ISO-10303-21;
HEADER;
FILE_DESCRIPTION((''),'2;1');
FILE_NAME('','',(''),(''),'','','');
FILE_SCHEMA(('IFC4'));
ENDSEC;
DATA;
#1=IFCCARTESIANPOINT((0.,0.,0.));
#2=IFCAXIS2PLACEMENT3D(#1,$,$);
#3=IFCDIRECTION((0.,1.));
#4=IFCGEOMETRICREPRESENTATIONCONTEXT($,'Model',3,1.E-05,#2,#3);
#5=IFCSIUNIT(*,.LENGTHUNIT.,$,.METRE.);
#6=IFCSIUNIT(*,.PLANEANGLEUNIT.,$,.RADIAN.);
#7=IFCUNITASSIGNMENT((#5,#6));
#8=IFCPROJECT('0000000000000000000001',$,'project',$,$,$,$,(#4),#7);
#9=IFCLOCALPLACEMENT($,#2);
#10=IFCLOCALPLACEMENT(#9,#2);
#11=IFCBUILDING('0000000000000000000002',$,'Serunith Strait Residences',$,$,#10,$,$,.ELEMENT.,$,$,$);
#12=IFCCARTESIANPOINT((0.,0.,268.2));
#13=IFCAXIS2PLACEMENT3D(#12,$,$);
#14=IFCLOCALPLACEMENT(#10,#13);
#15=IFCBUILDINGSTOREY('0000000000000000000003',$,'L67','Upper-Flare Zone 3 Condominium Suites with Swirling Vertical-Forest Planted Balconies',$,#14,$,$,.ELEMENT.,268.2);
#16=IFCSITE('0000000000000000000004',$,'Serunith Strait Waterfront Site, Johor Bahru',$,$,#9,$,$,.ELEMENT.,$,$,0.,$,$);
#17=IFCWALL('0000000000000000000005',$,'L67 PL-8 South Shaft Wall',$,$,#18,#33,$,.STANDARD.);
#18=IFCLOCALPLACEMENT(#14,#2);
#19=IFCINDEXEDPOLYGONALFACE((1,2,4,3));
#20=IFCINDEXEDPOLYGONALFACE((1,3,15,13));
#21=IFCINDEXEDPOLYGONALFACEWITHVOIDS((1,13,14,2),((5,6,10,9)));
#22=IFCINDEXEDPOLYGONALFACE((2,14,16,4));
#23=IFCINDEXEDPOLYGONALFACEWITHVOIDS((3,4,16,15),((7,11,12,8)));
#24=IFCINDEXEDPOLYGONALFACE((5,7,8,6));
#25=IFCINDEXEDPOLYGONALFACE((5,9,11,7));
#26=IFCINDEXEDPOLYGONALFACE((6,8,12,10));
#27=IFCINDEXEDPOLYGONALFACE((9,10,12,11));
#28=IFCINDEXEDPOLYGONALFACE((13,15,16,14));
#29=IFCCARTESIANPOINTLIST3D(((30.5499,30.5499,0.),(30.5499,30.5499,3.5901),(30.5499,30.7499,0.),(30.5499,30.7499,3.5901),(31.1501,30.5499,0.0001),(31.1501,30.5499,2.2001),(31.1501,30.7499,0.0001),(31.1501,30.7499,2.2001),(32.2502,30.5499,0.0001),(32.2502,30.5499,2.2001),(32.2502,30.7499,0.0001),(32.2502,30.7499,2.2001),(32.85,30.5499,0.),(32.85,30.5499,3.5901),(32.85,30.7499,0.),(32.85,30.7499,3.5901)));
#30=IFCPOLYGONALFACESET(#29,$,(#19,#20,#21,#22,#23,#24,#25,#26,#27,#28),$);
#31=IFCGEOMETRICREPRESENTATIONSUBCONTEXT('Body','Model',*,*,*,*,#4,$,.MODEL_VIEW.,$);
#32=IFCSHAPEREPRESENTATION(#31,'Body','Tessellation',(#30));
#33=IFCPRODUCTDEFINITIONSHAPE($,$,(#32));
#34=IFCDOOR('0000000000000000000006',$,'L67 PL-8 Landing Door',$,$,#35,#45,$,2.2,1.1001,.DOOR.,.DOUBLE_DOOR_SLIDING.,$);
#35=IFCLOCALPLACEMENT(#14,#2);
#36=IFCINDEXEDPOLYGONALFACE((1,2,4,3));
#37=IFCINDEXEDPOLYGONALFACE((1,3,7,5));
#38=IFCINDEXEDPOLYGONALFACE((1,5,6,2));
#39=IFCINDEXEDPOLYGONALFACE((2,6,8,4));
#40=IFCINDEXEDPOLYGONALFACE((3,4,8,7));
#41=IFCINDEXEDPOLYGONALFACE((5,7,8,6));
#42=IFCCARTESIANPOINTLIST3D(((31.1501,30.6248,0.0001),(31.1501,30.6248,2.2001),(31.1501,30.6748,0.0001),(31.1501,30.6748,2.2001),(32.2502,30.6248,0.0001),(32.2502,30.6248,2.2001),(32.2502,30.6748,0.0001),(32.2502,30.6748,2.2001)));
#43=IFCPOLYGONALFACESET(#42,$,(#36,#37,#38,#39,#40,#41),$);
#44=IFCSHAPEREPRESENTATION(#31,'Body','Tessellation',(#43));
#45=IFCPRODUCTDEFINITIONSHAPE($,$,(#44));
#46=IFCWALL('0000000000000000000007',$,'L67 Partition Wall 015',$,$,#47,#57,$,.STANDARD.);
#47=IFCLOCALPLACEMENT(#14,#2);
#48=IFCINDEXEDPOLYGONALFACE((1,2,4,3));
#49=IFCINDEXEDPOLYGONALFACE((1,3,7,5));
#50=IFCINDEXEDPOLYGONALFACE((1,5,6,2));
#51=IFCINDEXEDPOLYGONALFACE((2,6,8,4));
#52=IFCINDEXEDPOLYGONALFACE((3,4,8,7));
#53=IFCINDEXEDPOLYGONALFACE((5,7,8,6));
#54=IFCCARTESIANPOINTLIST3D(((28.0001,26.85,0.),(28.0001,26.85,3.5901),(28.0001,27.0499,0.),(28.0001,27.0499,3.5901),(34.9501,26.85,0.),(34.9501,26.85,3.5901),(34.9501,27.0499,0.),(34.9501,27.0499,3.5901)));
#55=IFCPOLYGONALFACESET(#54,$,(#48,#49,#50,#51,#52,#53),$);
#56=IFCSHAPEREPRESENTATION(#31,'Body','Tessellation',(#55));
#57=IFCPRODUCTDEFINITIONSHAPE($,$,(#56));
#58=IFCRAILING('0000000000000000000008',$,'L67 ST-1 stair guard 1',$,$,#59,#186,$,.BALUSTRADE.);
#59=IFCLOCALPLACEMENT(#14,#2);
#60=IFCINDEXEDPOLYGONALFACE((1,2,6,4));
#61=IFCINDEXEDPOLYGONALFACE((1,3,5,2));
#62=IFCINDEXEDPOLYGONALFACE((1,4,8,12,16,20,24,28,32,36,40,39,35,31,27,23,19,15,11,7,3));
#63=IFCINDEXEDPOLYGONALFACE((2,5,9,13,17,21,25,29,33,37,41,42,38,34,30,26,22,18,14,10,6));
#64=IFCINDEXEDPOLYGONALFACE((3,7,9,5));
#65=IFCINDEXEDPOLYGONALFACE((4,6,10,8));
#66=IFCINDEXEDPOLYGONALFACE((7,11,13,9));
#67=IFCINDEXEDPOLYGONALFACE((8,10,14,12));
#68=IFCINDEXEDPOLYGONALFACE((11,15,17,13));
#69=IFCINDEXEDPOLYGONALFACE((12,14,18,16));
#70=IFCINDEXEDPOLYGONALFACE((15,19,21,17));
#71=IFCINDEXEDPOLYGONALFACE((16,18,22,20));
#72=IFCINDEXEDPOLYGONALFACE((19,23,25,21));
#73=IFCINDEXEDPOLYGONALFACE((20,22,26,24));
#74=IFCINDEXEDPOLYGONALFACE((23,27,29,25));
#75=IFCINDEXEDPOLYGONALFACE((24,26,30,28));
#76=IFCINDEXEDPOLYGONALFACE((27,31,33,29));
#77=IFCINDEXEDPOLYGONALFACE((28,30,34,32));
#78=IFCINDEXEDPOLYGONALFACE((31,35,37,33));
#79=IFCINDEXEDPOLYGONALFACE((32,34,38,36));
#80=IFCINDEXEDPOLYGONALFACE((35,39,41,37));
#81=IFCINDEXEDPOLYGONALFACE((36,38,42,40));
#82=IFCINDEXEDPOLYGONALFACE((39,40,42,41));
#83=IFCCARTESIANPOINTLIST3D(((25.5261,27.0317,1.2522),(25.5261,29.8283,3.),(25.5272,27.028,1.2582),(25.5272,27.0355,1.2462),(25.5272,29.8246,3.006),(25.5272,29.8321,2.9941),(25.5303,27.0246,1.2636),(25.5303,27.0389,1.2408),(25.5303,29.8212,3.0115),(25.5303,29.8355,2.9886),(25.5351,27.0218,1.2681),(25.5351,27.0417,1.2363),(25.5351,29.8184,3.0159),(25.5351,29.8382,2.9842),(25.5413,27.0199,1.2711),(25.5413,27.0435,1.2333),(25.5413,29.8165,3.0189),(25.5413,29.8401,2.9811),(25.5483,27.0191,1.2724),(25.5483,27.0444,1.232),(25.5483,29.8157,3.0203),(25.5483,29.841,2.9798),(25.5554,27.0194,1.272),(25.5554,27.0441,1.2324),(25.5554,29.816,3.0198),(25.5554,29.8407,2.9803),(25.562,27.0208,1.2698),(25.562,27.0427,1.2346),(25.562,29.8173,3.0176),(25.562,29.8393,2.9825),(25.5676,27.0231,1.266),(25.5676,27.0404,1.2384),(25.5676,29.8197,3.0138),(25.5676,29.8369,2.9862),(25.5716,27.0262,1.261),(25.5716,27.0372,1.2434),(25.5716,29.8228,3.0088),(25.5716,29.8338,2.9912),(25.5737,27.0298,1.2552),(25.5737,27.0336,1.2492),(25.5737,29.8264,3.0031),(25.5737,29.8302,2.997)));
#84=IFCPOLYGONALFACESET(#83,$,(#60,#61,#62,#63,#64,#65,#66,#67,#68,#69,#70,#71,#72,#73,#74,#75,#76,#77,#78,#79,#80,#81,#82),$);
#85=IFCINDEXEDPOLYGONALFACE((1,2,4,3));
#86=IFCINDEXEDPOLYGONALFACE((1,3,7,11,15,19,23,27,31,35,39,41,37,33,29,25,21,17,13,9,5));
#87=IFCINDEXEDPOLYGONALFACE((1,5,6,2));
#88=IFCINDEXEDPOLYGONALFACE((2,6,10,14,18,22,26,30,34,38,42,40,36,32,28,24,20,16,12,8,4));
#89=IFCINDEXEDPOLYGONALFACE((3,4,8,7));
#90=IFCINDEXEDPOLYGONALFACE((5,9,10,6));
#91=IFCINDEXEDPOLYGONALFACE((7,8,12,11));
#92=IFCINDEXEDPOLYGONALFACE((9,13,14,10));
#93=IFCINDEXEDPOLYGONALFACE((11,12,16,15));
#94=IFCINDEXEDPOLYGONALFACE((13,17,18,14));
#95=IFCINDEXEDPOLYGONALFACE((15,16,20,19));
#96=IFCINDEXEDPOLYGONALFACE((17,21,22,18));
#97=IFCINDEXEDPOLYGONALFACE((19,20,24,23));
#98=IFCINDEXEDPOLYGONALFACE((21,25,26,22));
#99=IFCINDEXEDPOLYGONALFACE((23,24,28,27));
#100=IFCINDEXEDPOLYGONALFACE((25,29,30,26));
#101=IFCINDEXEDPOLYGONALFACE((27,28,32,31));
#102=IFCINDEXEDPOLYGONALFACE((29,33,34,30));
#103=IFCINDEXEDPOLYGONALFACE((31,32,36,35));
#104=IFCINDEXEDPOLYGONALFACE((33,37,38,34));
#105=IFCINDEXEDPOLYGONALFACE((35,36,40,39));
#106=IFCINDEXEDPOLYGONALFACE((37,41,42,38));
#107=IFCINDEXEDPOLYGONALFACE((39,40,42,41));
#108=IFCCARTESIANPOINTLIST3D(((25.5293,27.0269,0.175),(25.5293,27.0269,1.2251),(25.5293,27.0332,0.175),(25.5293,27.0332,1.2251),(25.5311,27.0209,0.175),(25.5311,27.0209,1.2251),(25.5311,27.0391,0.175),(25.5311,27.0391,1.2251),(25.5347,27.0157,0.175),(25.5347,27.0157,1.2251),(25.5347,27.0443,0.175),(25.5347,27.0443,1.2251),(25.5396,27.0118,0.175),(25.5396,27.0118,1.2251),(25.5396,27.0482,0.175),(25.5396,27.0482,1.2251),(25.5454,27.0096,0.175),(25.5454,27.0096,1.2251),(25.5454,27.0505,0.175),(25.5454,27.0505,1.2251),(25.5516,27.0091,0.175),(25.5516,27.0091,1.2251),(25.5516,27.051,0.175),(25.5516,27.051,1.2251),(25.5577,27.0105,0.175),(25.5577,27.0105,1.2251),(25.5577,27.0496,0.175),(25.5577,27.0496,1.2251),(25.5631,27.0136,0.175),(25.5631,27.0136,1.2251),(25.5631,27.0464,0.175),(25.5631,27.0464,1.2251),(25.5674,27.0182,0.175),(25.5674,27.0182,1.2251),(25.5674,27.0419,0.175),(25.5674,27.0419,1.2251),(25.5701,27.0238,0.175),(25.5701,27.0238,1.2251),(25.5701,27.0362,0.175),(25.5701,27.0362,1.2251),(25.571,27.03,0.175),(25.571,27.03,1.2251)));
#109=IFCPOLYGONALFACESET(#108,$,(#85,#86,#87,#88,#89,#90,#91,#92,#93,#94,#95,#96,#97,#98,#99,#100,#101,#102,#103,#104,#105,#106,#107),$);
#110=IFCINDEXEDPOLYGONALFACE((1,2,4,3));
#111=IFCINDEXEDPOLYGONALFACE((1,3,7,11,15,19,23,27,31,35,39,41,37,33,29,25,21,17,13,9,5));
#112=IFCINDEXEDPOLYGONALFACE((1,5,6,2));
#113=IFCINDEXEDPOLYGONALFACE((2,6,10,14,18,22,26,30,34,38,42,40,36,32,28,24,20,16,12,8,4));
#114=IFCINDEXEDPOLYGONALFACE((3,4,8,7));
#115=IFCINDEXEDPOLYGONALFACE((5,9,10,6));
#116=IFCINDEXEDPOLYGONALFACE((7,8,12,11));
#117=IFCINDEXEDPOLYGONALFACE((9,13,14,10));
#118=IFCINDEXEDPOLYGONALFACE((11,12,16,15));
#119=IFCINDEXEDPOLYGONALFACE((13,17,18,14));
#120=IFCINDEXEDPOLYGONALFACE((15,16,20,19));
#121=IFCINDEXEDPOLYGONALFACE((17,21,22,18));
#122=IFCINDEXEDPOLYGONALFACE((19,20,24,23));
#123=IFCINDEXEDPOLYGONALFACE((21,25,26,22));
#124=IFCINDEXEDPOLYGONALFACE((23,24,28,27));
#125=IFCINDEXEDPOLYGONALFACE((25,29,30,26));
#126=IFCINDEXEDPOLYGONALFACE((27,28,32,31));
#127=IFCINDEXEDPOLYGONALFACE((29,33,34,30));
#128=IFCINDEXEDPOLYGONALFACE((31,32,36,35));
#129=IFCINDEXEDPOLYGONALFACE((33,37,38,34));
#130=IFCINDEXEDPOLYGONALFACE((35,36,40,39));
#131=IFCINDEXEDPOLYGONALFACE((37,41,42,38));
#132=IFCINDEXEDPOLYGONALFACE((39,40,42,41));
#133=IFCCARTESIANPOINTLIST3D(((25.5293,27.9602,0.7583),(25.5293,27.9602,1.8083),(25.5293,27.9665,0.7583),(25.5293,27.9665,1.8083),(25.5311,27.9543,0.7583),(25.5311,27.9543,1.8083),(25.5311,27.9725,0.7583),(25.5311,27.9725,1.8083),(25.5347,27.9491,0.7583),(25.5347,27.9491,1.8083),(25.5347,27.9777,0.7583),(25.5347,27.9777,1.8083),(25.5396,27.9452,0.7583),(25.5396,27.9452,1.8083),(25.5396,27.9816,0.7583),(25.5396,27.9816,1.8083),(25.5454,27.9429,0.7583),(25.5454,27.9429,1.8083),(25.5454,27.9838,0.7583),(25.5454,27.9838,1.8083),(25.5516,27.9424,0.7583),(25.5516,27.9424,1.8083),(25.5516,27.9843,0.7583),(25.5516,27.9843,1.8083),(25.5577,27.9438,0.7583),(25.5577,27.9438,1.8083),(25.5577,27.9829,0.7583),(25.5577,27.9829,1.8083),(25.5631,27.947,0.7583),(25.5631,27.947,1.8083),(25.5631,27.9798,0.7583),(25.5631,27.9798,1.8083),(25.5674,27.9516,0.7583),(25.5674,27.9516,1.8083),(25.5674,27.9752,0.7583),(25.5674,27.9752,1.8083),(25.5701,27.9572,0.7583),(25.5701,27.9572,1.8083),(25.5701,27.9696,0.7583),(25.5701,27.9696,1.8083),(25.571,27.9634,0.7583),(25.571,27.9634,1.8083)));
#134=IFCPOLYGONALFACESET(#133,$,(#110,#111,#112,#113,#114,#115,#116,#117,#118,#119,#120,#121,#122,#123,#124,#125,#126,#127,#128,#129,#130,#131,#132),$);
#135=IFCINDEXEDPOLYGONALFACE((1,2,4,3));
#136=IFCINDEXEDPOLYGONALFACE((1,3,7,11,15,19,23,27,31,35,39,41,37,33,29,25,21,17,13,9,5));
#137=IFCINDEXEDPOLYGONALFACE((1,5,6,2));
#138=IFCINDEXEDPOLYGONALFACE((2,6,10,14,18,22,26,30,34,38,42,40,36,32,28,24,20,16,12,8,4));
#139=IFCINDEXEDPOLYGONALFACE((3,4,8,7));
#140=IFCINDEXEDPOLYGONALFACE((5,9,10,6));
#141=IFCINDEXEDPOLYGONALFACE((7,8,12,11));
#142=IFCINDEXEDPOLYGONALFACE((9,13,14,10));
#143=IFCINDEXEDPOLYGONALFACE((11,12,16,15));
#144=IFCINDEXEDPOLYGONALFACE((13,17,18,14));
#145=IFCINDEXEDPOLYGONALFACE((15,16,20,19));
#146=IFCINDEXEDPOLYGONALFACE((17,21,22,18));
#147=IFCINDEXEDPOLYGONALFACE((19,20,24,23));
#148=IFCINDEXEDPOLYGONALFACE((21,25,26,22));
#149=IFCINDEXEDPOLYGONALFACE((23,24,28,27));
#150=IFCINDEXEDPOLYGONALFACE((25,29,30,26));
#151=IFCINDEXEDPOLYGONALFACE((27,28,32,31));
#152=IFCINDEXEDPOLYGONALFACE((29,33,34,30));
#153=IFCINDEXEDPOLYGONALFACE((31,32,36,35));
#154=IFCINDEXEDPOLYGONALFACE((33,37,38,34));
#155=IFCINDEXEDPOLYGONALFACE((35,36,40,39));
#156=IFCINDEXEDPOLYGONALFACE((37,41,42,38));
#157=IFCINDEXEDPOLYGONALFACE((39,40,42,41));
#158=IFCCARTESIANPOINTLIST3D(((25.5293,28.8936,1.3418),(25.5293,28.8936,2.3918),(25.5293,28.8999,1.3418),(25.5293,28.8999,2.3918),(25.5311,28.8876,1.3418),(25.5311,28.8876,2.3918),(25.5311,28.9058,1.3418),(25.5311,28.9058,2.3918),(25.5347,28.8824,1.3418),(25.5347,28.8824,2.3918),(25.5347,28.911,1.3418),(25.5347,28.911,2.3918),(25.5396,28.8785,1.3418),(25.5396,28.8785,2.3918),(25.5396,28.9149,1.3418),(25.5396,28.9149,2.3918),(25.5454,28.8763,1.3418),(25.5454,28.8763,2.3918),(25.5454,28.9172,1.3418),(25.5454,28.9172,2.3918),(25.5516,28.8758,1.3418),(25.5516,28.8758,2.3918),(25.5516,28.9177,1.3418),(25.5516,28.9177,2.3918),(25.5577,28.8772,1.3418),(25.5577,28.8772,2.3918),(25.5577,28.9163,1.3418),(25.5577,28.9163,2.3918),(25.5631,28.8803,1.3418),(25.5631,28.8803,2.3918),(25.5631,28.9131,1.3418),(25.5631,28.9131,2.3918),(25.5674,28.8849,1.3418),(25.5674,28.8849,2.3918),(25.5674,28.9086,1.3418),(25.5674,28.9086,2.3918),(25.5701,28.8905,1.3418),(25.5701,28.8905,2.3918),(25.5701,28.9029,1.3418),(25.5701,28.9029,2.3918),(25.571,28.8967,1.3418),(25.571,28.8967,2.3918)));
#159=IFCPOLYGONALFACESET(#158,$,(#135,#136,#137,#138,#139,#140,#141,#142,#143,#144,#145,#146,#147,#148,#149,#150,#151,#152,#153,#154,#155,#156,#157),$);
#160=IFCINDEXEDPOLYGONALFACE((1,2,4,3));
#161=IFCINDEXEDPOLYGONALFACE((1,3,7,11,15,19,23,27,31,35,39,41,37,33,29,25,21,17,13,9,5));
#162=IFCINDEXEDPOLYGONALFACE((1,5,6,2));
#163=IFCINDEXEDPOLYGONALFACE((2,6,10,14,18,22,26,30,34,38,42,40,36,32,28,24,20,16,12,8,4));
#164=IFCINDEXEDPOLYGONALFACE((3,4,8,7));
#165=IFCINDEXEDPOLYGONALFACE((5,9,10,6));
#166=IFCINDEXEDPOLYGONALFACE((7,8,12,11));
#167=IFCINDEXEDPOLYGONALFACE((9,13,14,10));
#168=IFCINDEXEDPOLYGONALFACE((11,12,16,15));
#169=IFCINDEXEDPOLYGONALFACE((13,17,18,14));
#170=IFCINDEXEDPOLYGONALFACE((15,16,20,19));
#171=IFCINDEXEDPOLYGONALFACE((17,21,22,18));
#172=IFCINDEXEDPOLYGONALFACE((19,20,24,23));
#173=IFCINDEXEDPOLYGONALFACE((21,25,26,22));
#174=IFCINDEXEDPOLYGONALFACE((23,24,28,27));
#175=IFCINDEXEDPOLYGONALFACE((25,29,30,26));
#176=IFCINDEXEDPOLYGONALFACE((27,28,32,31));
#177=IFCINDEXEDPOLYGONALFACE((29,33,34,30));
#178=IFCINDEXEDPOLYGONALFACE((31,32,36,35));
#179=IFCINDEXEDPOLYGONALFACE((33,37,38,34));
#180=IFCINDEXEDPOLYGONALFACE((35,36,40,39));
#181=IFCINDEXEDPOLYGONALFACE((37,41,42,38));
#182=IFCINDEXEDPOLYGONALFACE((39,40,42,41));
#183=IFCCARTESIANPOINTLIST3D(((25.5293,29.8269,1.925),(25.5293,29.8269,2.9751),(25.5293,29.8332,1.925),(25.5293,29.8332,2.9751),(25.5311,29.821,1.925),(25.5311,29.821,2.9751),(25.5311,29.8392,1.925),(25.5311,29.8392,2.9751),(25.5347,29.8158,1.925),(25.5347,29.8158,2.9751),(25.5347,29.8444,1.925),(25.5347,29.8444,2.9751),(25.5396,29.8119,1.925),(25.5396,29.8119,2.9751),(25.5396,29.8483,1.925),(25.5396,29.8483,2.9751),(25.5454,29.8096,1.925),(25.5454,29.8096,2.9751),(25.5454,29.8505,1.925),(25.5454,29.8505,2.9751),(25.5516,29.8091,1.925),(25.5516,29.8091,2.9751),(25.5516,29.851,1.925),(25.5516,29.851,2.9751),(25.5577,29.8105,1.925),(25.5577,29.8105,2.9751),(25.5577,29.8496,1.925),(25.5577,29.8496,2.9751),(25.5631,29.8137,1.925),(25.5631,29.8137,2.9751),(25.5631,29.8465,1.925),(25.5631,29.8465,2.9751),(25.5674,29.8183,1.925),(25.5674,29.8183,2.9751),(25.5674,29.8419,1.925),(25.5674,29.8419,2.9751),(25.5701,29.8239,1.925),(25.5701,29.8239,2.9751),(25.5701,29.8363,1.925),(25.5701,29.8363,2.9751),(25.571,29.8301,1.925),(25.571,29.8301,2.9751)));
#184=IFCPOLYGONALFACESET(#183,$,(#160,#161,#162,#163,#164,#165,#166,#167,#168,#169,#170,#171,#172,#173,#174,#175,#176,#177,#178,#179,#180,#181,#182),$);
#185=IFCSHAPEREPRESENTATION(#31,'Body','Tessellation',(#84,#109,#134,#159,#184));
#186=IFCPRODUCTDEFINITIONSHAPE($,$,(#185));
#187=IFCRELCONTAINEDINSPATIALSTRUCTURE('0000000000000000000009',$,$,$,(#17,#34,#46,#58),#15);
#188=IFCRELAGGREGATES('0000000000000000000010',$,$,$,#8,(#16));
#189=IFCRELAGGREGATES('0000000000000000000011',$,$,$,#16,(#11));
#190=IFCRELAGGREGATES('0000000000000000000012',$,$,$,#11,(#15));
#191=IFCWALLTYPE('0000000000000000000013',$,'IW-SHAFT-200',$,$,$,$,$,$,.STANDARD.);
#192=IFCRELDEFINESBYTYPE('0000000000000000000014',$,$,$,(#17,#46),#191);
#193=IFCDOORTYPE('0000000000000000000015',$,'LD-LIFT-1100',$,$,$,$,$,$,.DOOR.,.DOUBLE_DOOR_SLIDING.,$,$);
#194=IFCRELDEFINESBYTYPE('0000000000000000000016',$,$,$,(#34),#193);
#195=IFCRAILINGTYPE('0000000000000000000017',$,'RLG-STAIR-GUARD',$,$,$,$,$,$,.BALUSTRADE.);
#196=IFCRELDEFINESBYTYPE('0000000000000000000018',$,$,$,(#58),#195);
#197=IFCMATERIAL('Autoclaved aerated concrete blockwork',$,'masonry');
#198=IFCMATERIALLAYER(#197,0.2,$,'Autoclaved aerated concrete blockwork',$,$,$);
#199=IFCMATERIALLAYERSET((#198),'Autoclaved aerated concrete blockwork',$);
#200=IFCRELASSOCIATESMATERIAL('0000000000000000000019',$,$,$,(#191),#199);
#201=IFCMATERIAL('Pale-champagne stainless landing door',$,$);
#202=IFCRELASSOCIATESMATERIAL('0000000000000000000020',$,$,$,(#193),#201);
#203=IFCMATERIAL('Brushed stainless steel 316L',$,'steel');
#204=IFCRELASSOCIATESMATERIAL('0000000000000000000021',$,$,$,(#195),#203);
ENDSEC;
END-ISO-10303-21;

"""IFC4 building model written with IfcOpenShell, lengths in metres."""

from ifc_helpers import new_model, si_unit, direction, frame, frame_2d, origin, origin_2d, place, context, subcontext, project, spatial, rectangle, circle, extrude, source, transform, mapped, material, layer, layer_set, type_object, element, fill, save


model = new_model("IFC4")

# Units and contexts
model_context = context("Model", 3, precision=1e-05, world=origin(), true_north=direction((0.0, 1.0)))
body_context = subcontext(model_context, "Body", "Model", "MODEL_VIEW")
ifc_project = project(units=[si_unit("LENGTHUNIT", "METRE"), si_unit("PLANEANGLEUNIT", "RADIAN")], contexts=[model_context])

# Site, building, storey
site_placement = place(None, origin())
site = spatial("IfcSite", under=ifc_project, at=site_placement, Name="Serunith Strait Waterfront Site, Johor Bahru", CompositionType="ELEMENT", RefElevation=0.0)
building_placement = place(site_placement, origin())
building = spatial("IfcBuilding", under=site, at=building_placement, Name="Serunith Strait Residences", CompositionType="ELEMENT")
storey_placement = place(building_placement, frame((0.0, 0.0, 268.2)))
storey = spatial("IfcBuildingStorey", under=building, at=storey_placement, Name="L67", Description="Upper-Flare Zone 3 Condominium Suites with Swirling Vertical-Forest Planted Balconies", CompositionType="ELEMENT", Elevation=268.2)

# Wall, opening, door
ifc_material_1 = material(Name="Autoclaved aerated concrete blockwork", Category="masonry")
ifc_layer = layer(ifc_material_1, 0.2, Name="Autoclaved aerated concrete blockwork")
ifc_layer_set = layer_set([ifc_layer], Name="Autoclaved aerated concrete blockwork")
wall_type = type_object("IfcWallType", Name="IW-SHAFT-200", PredefinedType="STANDARD", material=ifc_layer_set)
ifc_material_2 = material(Name="Pale-champagne stainless landing door")
door_type_1 = type_object("IfcDoorType", Name="LD-LIFT-1100", OperationType="DOUBLE_DOOR_SLIDING", PredefinedType="DOOR", material=ifc_material_2)
shared_shape_1 = source(origin(), body_context, "Body", "SweptSolid", [
    extrude(rectangle(XDim=1.1001, YDim=2.2, at=frame_2d((0.55, 1.1001))), frame((0.0, 0.0249, 0.0), z_axis=(0.0, -1.0, 0.0), x_axis=(1.0, 0.0, 0.0)), (0.0, 0.0, 1.0), 0.05),
])
wall_1_placement = place(storey_placement, frame((30.55, 30.6499, 0.0), z_axis=(0.0, 0.0, 1.0), x_axis=(1.0, 0.0, 0.0)))
wall_1 = element("IfcWall", 1, at=wall_1_placement, inside=storey, type_object=wall_type, Name="L67 PL-8 South Shaft Wall", PredefinedType="STANDARD", context=body_context, shape_type="SweptSolid", body=[
    extrude(rectangle(XDim=2.3, YDim=0.2, at=frame_2d((1.1499, 0.0))), origin(), (0.0, 0.0, 1.0), 3.5901),
])
opening_1_placement = place(wall_1_placement, frame((0.6001, 0.0, 0.0)))
opening_1 = element("IfcOpeningElement", 2, at=opening_1_placement, cuts=wall_1, PredefinedType="OPENING", context=body_context, shape_type="SweptSolid", body=[
    extrude(rectangle(XDim=1.1001, YDim=2.2, at=frame_2d((0.55, 1.1001))), frame((0.0, 0.1099, 0.0), z_axis=(0.0, -1.0, 0.0), x_axis=(1.0, 0.0, 0.0)), (0.0, 0.0, 1.0), 0.22),
])
door_1_placement = place(opening_1_placement, origin())
door_1 = element("IfcDoor", 3, at=door_1_placement, inside=storey, type_object=door_type_1, Name="L67 PL-8 Landing Door", OperationType="DOUBLE_DOOR_SLIDING", OverallHeight=2.2, OverallWidth=1.1001, PredefinedType="DOOR", context=body_context, shape_type="MappedRepresentation", body=[
    mapped(shared_shape_1, transform((0.0, 0.0, 0.0), scale=1.0)),
])
fill(opening_1, door_1)

# Wall
wall_2_placement = place(storey_placement, frame((28.0, 26.95, 0.0), z_axis=(0.0, 0.0, 1.0), x_axis=(1.0, 0.0, 0.0)))
element("IfcWall", 4, at=wall_2_placement, inside=storey, type_object=wall_type, Name="L67 Partition Wall 015", PredefinedType="STANDARD", context=body_context, shape_type="SweptSolid", body=[
    extrude(rectangle(XDim=6.95, YDim=0.2, at=frame_2d((3.4751, 0.0))), origin(), (0.0, 0.0, 1.0), 3.5901),
])

# Railing
ifc_material_3 = material(Name="Brushed stainless steel 316L", Category="steel")
railing_type_1 = type_object("IfcRailingType", Name="RLG-STAIR-GUARD", PredefinedType="BALUSTRADE", material=ifc_material_3)
railing_1_placement = place(storey_placement, frame((25.55, 27.03, 0.175)))
element("IfcRailing", 5, at=railing_1_placement, inside=storey, type_object=railing_type_1, Name="L67 ST-1 stair guard 1", PredefinedType="BALUSTRADE", context=body_context, shape_type="SweptSolid", body=[
    extrude(circle(Radius=0.0239, at=origin_2d()), frame((0.0, 0.0017, 1.0771), z_axis=(0.0, 0.848002, 0.529992), x_axis=(-1.0, 0.0, 0.0)), (0.0, 0.0, 1.0), 3.2979),
    extrude(circle(Radius=0.021, at=origin_2d()), origin(), (0.0, 0.0, 1.0), 1.05),
    extrude(circle(Radius=0.021, at=origin_2d()), frame((0.0, 0.9333, 0.5833)), (0.0, 0.0, 1.0), 1.05),
    extrude(circle(Radius=0.021, at=origin_2d()), frame((0.0, 1.8667, 1.1667)), (0.0, 0.0, 1.0), 1.05),
    extrude(circle(Radius=0.021, at=origin_2d()), frame((0.0, 2.8, 1.75)), (0.0, 0.0, 1.0), 1.05),
])

save(model, "model.ifc")
